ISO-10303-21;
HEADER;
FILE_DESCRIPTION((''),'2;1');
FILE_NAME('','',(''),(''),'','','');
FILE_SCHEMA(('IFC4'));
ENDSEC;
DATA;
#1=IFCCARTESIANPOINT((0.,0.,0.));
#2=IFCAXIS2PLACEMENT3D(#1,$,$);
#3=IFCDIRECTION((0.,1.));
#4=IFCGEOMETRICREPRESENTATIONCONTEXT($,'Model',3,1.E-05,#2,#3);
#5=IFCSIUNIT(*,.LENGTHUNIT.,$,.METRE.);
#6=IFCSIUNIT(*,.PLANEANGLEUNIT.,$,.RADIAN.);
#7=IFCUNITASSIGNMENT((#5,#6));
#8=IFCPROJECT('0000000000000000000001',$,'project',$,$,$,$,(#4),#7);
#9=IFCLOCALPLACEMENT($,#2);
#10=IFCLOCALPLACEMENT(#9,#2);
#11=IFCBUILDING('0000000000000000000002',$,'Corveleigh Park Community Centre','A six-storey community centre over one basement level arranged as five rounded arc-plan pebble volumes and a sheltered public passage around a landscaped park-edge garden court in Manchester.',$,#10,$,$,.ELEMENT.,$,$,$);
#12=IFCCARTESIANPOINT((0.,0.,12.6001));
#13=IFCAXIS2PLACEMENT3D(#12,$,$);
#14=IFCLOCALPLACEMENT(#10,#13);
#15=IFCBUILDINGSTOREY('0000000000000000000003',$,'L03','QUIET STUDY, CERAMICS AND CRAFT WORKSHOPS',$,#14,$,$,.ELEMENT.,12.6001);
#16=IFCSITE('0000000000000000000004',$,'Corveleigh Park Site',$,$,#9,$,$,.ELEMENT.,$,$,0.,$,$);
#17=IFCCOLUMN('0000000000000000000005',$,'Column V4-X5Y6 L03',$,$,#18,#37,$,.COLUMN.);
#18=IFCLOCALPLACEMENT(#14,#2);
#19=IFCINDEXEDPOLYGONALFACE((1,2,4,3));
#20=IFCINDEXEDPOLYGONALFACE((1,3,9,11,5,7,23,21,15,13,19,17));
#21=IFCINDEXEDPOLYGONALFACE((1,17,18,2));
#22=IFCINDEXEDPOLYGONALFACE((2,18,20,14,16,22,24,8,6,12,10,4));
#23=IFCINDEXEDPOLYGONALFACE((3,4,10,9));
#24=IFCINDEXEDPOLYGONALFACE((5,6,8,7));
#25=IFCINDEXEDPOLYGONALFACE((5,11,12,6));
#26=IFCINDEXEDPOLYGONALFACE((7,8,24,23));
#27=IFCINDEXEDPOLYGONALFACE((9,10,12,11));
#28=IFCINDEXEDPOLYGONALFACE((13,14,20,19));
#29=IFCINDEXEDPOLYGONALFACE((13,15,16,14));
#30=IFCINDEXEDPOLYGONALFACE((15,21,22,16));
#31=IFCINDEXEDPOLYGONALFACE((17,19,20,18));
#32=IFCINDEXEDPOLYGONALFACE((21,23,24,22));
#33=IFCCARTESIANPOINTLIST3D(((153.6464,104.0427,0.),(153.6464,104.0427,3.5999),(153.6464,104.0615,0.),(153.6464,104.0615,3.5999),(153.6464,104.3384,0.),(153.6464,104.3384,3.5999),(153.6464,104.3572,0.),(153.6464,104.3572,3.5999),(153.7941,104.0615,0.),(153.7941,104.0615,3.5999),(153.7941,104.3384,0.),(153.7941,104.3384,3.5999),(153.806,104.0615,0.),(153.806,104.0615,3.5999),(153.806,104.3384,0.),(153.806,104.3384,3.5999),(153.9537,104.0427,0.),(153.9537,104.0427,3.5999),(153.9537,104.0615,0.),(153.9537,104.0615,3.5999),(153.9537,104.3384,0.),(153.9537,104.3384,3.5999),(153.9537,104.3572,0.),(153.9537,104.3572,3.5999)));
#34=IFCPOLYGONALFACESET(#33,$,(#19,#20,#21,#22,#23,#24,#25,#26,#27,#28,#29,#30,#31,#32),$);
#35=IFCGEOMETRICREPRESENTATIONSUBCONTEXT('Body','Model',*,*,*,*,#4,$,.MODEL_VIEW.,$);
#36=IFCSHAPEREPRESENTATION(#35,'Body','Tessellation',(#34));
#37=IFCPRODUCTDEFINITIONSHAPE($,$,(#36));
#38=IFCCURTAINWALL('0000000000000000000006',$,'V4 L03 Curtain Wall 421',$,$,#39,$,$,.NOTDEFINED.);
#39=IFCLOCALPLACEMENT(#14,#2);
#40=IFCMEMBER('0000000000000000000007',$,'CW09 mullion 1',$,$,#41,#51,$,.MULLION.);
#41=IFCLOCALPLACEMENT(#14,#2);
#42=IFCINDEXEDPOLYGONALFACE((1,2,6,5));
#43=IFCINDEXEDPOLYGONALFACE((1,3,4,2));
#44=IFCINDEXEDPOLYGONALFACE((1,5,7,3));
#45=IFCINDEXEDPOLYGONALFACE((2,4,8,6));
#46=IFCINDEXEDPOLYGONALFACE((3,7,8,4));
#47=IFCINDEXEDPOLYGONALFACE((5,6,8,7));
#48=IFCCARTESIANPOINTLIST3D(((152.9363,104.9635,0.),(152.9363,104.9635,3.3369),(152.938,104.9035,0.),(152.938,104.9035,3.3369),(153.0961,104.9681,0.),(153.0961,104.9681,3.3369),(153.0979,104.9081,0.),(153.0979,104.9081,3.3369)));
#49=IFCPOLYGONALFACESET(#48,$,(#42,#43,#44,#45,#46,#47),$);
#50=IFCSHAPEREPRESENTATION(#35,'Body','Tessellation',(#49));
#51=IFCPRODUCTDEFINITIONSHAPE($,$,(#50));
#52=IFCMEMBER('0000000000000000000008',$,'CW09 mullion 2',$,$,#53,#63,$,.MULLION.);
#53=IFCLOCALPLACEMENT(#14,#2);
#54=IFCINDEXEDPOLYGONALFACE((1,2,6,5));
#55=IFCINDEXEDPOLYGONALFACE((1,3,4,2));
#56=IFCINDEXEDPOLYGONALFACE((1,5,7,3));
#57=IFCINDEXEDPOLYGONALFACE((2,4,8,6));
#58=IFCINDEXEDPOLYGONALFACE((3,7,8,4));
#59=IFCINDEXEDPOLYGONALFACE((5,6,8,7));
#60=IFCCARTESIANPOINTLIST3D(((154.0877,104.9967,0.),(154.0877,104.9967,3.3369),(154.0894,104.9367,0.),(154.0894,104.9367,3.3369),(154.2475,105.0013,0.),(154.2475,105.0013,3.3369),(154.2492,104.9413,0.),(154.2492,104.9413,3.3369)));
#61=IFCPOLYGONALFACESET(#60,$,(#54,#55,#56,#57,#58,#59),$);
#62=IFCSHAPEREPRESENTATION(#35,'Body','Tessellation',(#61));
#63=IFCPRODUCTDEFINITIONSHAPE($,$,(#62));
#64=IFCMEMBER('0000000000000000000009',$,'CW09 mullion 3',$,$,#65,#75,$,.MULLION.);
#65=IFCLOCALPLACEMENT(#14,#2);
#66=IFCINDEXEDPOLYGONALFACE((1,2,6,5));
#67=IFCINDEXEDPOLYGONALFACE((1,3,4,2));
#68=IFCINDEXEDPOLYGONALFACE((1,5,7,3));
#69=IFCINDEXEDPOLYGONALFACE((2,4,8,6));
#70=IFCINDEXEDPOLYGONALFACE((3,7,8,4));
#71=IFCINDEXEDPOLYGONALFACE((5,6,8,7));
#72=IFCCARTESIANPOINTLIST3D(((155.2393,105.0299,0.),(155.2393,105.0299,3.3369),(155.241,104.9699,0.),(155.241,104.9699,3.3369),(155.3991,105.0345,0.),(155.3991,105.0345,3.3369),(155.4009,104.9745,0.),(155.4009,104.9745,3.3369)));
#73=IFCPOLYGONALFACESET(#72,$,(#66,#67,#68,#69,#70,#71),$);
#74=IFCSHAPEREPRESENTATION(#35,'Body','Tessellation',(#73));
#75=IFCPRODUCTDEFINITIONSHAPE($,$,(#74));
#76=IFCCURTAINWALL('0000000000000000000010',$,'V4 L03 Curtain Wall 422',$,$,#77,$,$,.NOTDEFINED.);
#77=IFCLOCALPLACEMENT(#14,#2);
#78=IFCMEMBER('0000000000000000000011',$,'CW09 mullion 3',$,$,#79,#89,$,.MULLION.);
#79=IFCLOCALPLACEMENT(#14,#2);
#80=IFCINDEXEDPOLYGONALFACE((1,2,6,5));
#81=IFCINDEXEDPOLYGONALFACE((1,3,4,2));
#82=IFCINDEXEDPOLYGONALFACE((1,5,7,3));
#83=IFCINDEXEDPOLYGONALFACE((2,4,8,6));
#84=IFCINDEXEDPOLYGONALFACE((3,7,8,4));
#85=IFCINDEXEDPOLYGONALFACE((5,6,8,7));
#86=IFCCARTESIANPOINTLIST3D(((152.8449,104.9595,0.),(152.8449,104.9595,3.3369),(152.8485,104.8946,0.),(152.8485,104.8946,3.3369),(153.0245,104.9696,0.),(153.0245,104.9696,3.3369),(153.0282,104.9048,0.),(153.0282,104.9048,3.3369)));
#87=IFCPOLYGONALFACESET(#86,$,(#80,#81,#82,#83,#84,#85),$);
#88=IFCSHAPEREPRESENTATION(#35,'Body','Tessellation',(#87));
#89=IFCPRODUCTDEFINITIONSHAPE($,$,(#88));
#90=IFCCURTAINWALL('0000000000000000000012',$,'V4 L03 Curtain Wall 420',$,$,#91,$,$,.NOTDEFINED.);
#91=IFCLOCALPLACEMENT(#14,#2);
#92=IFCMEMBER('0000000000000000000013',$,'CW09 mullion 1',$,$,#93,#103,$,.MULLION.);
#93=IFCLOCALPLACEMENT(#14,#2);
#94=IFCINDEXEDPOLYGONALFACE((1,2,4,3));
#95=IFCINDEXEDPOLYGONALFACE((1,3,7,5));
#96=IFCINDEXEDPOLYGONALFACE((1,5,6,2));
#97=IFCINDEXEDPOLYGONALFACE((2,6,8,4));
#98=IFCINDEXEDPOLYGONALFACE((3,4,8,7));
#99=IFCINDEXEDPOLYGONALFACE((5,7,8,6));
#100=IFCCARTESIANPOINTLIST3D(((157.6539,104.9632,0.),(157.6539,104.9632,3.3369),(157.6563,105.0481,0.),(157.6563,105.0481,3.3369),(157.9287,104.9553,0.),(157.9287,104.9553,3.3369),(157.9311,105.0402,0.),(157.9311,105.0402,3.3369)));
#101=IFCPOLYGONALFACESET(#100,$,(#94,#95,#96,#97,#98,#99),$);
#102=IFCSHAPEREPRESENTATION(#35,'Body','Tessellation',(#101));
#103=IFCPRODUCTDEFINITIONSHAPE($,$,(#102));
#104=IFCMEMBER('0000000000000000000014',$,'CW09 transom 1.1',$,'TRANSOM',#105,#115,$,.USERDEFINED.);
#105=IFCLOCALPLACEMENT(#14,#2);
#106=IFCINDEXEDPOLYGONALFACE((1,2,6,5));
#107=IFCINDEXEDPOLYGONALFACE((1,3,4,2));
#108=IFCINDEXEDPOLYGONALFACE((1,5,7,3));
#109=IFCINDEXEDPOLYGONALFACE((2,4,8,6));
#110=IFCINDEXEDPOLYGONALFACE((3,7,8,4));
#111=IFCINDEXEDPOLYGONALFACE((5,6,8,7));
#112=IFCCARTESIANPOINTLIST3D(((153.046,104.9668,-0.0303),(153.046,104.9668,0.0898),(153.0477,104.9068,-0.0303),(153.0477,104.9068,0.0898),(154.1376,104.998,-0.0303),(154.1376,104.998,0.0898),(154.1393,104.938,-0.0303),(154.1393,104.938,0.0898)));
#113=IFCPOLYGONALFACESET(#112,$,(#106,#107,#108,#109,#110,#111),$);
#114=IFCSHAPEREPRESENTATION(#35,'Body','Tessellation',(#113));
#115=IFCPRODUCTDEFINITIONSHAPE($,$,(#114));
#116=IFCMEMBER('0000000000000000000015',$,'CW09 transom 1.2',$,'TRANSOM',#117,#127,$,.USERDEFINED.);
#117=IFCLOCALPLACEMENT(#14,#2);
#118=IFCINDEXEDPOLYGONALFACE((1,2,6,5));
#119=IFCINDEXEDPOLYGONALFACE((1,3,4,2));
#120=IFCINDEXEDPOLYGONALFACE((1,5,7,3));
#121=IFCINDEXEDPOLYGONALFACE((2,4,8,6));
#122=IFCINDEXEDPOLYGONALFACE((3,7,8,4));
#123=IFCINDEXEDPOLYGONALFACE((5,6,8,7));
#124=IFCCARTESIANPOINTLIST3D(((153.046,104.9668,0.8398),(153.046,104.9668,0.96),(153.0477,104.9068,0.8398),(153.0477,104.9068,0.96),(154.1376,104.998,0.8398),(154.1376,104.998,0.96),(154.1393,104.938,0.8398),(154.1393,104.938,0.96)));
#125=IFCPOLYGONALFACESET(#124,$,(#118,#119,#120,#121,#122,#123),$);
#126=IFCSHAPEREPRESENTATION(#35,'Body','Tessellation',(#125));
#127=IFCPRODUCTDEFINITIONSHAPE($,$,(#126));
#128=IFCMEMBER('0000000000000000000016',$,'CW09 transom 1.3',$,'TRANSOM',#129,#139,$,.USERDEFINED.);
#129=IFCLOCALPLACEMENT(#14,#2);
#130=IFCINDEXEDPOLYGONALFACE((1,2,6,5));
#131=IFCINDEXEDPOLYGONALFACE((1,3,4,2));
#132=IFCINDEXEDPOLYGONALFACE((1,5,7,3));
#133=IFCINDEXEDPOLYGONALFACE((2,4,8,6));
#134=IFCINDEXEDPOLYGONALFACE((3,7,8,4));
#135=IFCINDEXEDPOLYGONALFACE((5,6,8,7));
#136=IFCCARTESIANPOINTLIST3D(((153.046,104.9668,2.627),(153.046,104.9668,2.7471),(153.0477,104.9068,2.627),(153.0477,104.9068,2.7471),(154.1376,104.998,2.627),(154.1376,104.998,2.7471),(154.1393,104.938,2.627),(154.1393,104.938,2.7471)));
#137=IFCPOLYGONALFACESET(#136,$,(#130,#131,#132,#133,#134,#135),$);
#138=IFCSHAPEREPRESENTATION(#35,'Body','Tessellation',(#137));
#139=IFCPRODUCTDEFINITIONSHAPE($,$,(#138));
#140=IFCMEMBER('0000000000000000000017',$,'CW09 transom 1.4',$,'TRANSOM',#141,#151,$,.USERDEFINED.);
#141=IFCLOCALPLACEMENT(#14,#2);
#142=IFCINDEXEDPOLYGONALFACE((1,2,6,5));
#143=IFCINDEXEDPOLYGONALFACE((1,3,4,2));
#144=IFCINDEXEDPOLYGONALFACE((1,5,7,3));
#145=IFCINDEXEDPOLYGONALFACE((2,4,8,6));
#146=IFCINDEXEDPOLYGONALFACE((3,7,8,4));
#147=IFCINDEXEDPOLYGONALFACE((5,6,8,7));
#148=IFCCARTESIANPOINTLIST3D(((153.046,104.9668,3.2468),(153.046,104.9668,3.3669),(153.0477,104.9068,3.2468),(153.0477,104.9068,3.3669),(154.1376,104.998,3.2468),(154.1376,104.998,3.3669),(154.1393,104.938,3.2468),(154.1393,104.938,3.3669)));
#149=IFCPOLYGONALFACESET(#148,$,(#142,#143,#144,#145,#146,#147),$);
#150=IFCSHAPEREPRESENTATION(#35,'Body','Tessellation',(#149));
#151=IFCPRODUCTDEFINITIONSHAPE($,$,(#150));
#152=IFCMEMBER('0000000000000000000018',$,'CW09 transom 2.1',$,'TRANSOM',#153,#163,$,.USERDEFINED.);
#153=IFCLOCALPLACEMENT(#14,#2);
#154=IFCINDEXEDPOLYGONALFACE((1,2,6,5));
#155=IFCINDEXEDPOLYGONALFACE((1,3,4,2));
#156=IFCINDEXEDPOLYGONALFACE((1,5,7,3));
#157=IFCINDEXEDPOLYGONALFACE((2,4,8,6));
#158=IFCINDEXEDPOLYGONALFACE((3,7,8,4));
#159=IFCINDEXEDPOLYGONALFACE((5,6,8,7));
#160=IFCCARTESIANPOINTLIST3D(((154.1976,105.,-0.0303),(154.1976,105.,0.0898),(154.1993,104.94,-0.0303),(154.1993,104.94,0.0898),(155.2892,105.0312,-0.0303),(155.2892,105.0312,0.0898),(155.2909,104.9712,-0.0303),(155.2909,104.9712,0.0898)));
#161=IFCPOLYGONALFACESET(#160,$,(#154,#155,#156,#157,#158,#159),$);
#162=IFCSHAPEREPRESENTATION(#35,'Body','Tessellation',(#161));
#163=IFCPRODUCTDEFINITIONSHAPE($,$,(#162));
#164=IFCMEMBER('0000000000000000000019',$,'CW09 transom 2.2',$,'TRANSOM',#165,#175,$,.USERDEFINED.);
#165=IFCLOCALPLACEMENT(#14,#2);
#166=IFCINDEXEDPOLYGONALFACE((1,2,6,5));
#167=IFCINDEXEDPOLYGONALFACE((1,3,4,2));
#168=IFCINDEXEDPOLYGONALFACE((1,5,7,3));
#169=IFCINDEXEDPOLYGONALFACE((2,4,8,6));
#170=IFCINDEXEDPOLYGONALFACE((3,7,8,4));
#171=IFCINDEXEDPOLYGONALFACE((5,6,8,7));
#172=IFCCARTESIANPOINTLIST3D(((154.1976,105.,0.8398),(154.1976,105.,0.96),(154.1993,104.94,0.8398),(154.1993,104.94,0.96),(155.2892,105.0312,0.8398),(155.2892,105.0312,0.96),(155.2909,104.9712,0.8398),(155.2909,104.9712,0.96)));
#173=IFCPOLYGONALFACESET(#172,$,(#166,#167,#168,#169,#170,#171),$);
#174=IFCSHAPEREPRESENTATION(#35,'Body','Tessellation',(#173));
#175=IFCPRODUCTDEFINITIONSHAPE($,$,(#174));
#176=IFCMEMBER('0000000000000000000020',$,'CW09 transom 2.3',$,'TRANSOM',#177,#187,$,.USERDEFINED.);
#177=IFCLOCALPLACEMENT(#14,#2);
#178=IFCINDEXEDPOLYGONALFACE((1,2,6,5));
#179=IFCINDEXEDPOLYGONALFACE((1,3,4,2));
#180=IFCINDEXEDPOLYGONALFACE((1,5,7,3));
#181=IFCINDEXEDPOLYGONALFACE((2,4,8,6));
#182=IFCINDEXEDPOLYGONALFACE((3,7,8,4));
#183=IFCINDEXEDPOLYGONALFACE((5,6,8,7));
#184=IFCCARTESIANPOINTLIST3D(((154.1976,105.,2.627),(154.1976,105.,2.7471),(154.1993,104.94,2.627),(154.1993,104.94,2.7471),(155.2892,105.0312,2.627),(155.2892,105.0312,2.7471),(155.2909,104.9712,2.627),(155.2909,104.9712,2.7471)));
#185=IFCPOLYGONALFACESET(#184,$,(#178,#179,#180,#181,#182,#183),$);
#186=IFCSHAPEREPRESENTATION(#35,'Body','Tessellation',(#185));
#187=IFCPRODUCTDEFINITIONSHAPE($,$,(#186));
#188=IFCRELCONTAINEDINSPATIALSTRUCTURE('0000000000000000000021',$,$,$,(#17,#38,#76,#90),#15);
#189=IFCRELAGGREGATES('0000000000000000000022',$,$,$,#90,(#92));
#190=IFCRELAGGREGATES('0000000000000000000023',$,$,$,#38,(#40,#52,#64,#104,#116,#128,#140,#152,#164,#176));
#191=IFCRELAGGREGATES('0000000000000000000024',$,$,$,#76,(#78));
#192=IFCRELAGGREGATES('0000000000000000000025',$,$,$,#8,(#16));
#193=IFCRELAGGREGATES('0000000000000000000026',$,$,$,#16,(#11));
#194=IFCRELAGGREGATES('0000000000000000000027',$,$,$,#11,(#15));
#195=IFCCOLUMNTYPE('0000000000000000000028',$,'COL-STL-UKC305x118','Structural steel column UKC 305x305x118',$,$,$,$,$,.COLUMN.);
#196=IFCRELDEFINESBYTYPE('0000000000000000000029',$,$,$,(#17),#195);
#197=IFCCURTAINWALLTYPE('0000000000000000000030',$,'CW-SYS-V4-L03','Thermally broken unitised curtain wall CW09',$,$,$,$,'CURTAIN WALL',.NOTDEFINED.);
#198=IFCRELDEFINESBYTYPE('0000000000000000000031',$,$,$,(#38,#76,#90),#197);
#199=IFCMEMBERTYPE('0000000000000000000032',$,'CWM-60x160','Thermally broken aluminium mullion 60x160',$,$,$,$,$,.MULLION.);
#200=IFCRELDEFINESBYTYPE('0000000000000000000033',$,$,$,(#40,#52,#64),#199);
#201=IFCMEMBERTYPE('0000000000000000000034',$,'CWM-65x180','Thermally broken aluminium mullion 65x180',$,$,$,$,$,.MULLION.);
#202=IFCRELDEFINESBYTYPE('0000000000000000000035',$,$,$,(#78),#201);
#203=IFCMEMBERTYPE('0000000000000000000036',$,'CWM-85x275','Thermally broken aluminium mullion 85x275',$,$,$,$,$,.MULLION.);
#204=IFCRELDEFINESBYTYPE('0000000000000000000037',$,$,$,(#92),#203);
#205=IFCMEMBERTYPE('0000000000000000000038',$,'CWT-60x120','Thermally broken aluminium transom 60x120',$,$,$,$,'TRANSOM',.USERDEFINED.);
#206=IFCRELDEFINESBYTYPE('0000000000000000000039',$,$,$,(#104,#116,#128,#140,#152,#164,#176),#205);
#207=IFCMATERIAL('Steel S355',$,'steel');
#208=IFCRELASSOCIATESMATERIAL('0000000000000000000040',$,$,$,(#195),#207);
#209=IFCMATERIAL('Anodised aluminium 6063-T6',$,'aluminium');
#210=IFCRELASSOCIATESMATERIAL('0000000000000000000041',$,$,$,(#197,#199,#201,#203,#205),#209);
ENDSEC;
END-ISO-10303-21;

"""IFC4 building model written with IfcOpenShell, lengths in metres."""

from ifc_helpers import new_model, si_unit, direction, frame, origin, origin_2d, place, context, subcontext, project, spatial, rectangle, i_section, extrude, material, material_profile, profile_set, type_object, element, aggregate, save


model = new_model("IFC4")

# Units and contexts
model_context = context("Model", 3, precision=1e-05, world=origin(), true_north=direction((0.0, 1.0)))
body_context = subcontext(model_context, "Body", "Model", "MODEL_VIEW")
ifc_project = project(units=[si_unit("LENGTHUNIT", "METRE"), si_unit("PLANEANGLEUNIT", "RADIAN")], contexts=[model_context])

# Site, building, storey
site_placement = place(None, origin())
site = spatial("IfcSite", under=ifc_project, at=site_placement, Name="Corveleigh Park Site", CompositionType="ELEMENT", RefElevation=0.0)
building_placement = place(site_placement, origin())
building = spatial("IfcBuilding", under=site, at=building_placement, Name="Corveleigh Park Community Centre", Description="A six-storey community centre over one basement level arranged as five rounded arc-plan pebble volumes and a sheltered public passage around a landscaped park-edge garden court in Manchester.", CompositionType="ELEMENT")
storey_placement = place(building_placement, frame((0.0, 0.0, 12.6001)))
storey = spatial("IfcBuildingStorey", under=building, at=storey_placement, Name="L03", Description="QUIET STUDY, CERAMICS AND CRAFT WORKSHOPS", CompositionType="ELEMENT", Elevation=12.6001)

# Column
ifc_material_1 = material(Name="Steel S355", Category="steel")
ifc_material_profile_1 = material_profile(ifc_material_1, i_section(OverallWidth=0.3074, OverallDepth=0.3145, WebThickness=0.012, FlangeThickness=0.0188, at=origin_2d()), Name="UKC 305x305x118", Category="steel")
ifc_profile_set_1 = profile_set([ifc_material_profile_1], Name="Steel S355")
column_type = type_object("IfcColumnType", Name="COL-STL-UKC305x118", Description="Structural steel column UKC 305x305x118", PredefinedType="COLUMN", material=ifc_profile_set_1)
column_placement = place(storey_placement, frame((153.8, 104.2, 0.0), z_axis=(0.0, 0.0, 1.0), x_axis=(1.0, 0.0, 0.0)))
element("IfcColumn", 1, at=column_placement, inside=storey, type_object=column_type, Name="Column V4-X5Y6 L03", PredefinedType="COLUMN", context=body_context, shape_type="SweptSolid", body=[
    extrude(i_section(OverallWidth=0.3074, OverallDepth=0.3145, WebThickness=0.012, FlangeThickness=0.0188, at=origin_2d()), origin(), (0.0, 0.0, 1.0), 3.5999),
])

# Curtain wall, members
ifc_material_2 = material(Name="Anodised aluminium 6063-T6", Category="aluminium")
curtain_wall_type = type_object("IfcCurtainWallType", Name="CW-SYS-V4-L03", Description="Thermally broken unitised curtain wall CW09", ElementType="CURTAIN WALL", PredefinedType="NOTDEFINED", material=ifc_material_2)
curtain_wall_1_placement = place(storey_placement, origin())
curtain_wall_1 = element("IfcCurtainWall", 2, at=curtain_wall_1_placement, inside=storey, type_object=curtain_wall_type, Name="V4 L03 Curtain Wall 421", PredefinedType="NOTDEFINED")
ifc_material_profile_2 = material_profile(ifc_material_2, rectangle(XDim=0.0601, YDim=0.1599, at=origin_2d()), Name="ALU-M60x160", Category="aluminium")
ifc_profile_set_2 = profile_set([ifc_material_profile_2], Name="Anodised aluminium 6063-T6")
member_type_1 = type_object("IfcMemberType", Name="CWM-60x160", Description="Thermally broken aluminium mullion 60x160", PredefinedType="MULLION", material=ifc_profile_set_2)
member_1_placement = place(storey_placement, frame((153.0171, 104.9358, 0.0), z_axis=(0.0, 0.0, 1.0), x_axis=(-0.028765, 0.999586, 0.0)))
member_1 = element("IfcMember", 3, at=member_1_placement, type_object=member_type_1, Name="CW09 mullion 1", PredefinedType="MULLION", context=body_context, shape_type="SweptSolid", body=[
    extrude(rectangle(XDim=0.0601, YDim=0.1599, at=origin_2d()), origin(), (0.0, 0.0, 1.0), 3.3369),
])
member_2_placement = place(storey_placement, frame((154.1685, 104.969, 0.0), z_axis=(0.0, 0.0, 1.0), x_axis=(-0.028765, 0.999586, 0.0)))
member_2 = element("IfcMember", 4, at=member_2_placement, type_object=member_type_1, Name="CW09 mullion 2", PredefinedType="MULLION", context=body_context, shape_type="SweptSolid", body=[
    extrude(rectangle(XDim=0.0601, YDim=0.1599, at=origin_2d()), origin(), (0.0, 0.0, 1.0), 3.3369),
])
member_3_placement = place(storey_placement, frame((155.3201, 105.0022, 0.0), z_axis=(0.0, 0.0, 1.0), x_axis=(-0.028765, 0.999586, 0.0)))
member_3 = element("IfcMember", 5, at=member_3_placement, type_object=member_type_1, Name="CW09 mullion 3", PredefinedType="MULLION", context=body_context, shape_type="SweptSolid", body=[
    extrude(rectangle(XDim=0.0601, YDim=0.1599, at=origin_2d()), origin(), (0.0, 0.0, 1.0), 3.3369),
])

# Curtain walls, members
curtain_wall_2_placement = place(storey_placement, origin())
curtain_wall_2 = element("IfcCurtainWall", 6, at=curtain_wall_2_placement, inside=storey, type_object=curtain_wall_type, Name="V4 L03 Curtain Wall 422", PredefinedType="NOTDEFINED")
ifc_material_profile_3 = material_profile(ifc_material_2, rectangle(XDim=0.0649, YDim=0.1799, at=origin_2d()), Name="ALU-M65x180", Category="aluminium")
ifc_profile_set_3 = profile_set([ifc_material_profile_3], Name="Anodised aluminium 6063-T6")
member_type_2 = type_object("IfcMemberType", Name="CWM-65x180", Description="Thermally broken aluminium mullion 65x180", PredefinedType="MULLION", material=ifc_profile_set_3)
member_4_placement = place(storey_placement, frame((152.9365, 104.9321, 0.0), z_axis=(0.0, 0.0, 1.0), x_axis=(-0.056434, 0.998406, 0.0)))
member_4 = element("IfcMember", 7, at=member_4_placement, type_object=member_type_2, Name="CW09 mullion 3", PredefinedType="MULLION", context=body_context, shape_type="SweptSolid", body=[
    extrude(rectangle(XDim=0.0649, YDim=0.1799, at=origin_2d()), origin(), (0.0, 0.0, 1.0), 3.3369),
])
curtain_wall_3_placement = place(storey_placement, origin())
curtain_wall_3 = element("IfcCurtainWall", 8, at=curtain_wall_3_placement, inside=storey, type_object=curtain_wall_type, Name="V4 L03 Curtain Wall 420", PredefinedType="NOTDEFINED")
ifc_material_profile_4 = material_profile(ifc_material_2, rectangle(XDim=0.085, YDim=0.2749, at=origin_2d()), Name="ALU-M85x275", Category="aluminium")
ifc_profile_set_4 = profile_set([ifc_material_profile_4], Name="Anodised aluminium 6063-T6")
member_type_3 = type_object("IfcMemberType", Name="CWM-85x275", Description="Thermally broken aluminium mullion 85x275", PredefinedType="MULLION", material=ifc_profile_set_4)
member_5_placement = place(storey_placement, frame((157.7925, 105.0017, 0.0), z_axis=(0.0, 0.0, 1.0), x_axis=(0.028765, 0.999586, 0.0)))
member_5 = element("IfcMember", 9, at=member_5_placement, type_object=member_type_3, Name="CW09 mullion 1", PredefinedType="MULLION", context=body_context, shape_type="SweptSolid", body=[
    extrude(rectangle(XDim=0.085, YDim=0.2749, at=origin_2d()), origin(), (0.0, 0.0, 1.0), 3.3369),
])

# Members
ifc_material_profile_5 = material_profile(ifc_material_2, rectangle(XDim=0.0601, YDim=0.1201, at=origin_2d()), Name="ALU-T60x120", Category="aluminium")
ifc_profile_set_5 = profile_set([ifc_material_profile_5], Name="Anodised aluminium 6063-T6")
member_type_4 = type_object("IfcMemberType", Name="CWT-60x120", Description="Thermally broken aluminium transom 60x120", ElementType="TRANSOM", PredefinedType="USERDEFINED", material=ifc_profile_set_5)
member_6_placement = place(storey_placement, frame((153.0469, 104.9368, 0.0298), z_axis=(0.99959, 0.028617, 0.0), x_axis=(-0.028617, 0.99959, 0.0)))
member_6 = element("IfcMember", 10, at=member_6_placement, type_object=member_type_4, Name="CW09 transom 1.1", ObjectType="TRANSOM", PredefinedType="USERDEFINED", context=body_context, shape_type="SweptSolid", body=[
    extrude(rectangle(XDim=0.0601, YDim=0.1201, at=origin_2d()), origin(), (0.0, 0.0, 1.0), 1.092),
])
member_7_placement = place(storey_placement, frame((153.0469, 104.9368, 0.8999), z_axis=(0.99959, 0.028617, 0.0), x_axis=(-0.028617, 0.99959, 0.0)))
member_7 = element("IfcMember", 11, at=member_7_placement, type_object=member_type_4, Name="CW09 transom 1.2", ObjectType="TRANSOM", PredefinedType="USERDEFINED", context=body_context, shape_type="SweptSolid", body=[
    extrude(rectangle(XDim=0.0601, YDim=0.1201, at=origin_2d()), origin(), (0.0, 0.0, 1.0), 1.092),
])
member_8_placement = place(storey_placement, frame((153.0469, 104.9368, 2.687), z_axis=(0.99959, 0.028617, 0.0), x_axis=(-0.028617, 0.99959, 0.0)))
member_8 = element("IfcMember", 12, at=member_8_placement, type_object=member_type_4, Name="CW09 transom 1.3", ObjectType="TRANSOM", PredefinedType="USERDEFINED", context=body_context, shape_type="SweptSolid", body=[
    extrude(rectangle(XDim=0.0601, YDim=0.1201, at=origin_2d()), origin(), (0.0, 0.0, 1.0), 1.092),
])
member_9_placement = place(storey_placement, frame((153.0469, 104.9368, 3.3069), z_axis=(0.99959, 0.028617, 0.0), x_axis=(-0.028617, 0.99959, 0.0)))
member_9 = element("IfcMember", 13, at=member_9_placement, type_object=member_type_4, Name="CW09 transom 1.4", ObjectType="TRANSOM", PredefinedType="USERDEFINED", context=body_context, shape_type="SweptSolid", body=[
    extrude(rectangle(XDim=0.0601, YDim=0.1201, at=origin_2d()), origin(), (0.0, 0.0, 1.0), 1.092),
])
member_10_placement = place(storey_placement, frame((154.1985, 104.97, 0.0298), z_axis=(0.99959, 0.028617, 0.0), x_axis=(-0.028617, 0.99959, 0.0)))
member_10 = element("IfcMember", 14, at=member_10_placement, type_object=member_type_4, Name="CW09 transom 2.1", ObjectType="TRANSOM", PredefinedType="USERDEFINED", context=body_context, shape_type="SweptSolid", body=[
    extrude(rectangle(XDim=0.0601, YDim=0.1201, at=origin_2d()), origin(), (0.0, 0.0, 1.0), 1.092),
])
member_11_placement = place(storey_placement, frame((154.1985, 104.97, 0.8999), z_axis=(0.99959, 0.028617, 0.0), x_axis=(-0.028617, 0.99959, 0.0)))
member_11 = element("IfcMember", 15, at=member_11_placement, type_object=member_type_4, Name="CW09 transom 2.2", ObjectType="TRANSOM", PredefinedType="USERDEFINED", context=body_context, shape_type="SweptSolid", body=[
    extrude(rectangle(XDim=0.0601, YDim=0.1201, at=origin_2d()), origin(), (0.0, 0.0, 1.0), 1.092),
])
member_12_placement = place(storey_placement, frame((154.1985, 104.97, 2.687), z_axis=(0.99959, 0.028617, 0.0), x_axis=(-0.028617, 0.99959, 0.0)))
member_12 = element("IfcMember", 16, at=member_12_placement, type_object=member_type_4, Name="CW09 transom 2.3", ObjectType="TRANSOM", PredefinedType="USERDEFINED", context=body_context, shape_type="SweptSolid", body=[
    extrude(rectangle(XDim=0.0601, YDim=0.1201, at=origin_2d()), origin(), (0.0, 0.0, 1.0), 1.092),
])
aggregate(curtain_wall_3, [member_5])

aggregate(curtain_wall_1, [member_1, member_2, member_3, member_6, member_7, member_8, member_9, member_10, member_11, member_12])
aggregate(curtain_wall_2, [member_4])

save(model, "model.ifc")
